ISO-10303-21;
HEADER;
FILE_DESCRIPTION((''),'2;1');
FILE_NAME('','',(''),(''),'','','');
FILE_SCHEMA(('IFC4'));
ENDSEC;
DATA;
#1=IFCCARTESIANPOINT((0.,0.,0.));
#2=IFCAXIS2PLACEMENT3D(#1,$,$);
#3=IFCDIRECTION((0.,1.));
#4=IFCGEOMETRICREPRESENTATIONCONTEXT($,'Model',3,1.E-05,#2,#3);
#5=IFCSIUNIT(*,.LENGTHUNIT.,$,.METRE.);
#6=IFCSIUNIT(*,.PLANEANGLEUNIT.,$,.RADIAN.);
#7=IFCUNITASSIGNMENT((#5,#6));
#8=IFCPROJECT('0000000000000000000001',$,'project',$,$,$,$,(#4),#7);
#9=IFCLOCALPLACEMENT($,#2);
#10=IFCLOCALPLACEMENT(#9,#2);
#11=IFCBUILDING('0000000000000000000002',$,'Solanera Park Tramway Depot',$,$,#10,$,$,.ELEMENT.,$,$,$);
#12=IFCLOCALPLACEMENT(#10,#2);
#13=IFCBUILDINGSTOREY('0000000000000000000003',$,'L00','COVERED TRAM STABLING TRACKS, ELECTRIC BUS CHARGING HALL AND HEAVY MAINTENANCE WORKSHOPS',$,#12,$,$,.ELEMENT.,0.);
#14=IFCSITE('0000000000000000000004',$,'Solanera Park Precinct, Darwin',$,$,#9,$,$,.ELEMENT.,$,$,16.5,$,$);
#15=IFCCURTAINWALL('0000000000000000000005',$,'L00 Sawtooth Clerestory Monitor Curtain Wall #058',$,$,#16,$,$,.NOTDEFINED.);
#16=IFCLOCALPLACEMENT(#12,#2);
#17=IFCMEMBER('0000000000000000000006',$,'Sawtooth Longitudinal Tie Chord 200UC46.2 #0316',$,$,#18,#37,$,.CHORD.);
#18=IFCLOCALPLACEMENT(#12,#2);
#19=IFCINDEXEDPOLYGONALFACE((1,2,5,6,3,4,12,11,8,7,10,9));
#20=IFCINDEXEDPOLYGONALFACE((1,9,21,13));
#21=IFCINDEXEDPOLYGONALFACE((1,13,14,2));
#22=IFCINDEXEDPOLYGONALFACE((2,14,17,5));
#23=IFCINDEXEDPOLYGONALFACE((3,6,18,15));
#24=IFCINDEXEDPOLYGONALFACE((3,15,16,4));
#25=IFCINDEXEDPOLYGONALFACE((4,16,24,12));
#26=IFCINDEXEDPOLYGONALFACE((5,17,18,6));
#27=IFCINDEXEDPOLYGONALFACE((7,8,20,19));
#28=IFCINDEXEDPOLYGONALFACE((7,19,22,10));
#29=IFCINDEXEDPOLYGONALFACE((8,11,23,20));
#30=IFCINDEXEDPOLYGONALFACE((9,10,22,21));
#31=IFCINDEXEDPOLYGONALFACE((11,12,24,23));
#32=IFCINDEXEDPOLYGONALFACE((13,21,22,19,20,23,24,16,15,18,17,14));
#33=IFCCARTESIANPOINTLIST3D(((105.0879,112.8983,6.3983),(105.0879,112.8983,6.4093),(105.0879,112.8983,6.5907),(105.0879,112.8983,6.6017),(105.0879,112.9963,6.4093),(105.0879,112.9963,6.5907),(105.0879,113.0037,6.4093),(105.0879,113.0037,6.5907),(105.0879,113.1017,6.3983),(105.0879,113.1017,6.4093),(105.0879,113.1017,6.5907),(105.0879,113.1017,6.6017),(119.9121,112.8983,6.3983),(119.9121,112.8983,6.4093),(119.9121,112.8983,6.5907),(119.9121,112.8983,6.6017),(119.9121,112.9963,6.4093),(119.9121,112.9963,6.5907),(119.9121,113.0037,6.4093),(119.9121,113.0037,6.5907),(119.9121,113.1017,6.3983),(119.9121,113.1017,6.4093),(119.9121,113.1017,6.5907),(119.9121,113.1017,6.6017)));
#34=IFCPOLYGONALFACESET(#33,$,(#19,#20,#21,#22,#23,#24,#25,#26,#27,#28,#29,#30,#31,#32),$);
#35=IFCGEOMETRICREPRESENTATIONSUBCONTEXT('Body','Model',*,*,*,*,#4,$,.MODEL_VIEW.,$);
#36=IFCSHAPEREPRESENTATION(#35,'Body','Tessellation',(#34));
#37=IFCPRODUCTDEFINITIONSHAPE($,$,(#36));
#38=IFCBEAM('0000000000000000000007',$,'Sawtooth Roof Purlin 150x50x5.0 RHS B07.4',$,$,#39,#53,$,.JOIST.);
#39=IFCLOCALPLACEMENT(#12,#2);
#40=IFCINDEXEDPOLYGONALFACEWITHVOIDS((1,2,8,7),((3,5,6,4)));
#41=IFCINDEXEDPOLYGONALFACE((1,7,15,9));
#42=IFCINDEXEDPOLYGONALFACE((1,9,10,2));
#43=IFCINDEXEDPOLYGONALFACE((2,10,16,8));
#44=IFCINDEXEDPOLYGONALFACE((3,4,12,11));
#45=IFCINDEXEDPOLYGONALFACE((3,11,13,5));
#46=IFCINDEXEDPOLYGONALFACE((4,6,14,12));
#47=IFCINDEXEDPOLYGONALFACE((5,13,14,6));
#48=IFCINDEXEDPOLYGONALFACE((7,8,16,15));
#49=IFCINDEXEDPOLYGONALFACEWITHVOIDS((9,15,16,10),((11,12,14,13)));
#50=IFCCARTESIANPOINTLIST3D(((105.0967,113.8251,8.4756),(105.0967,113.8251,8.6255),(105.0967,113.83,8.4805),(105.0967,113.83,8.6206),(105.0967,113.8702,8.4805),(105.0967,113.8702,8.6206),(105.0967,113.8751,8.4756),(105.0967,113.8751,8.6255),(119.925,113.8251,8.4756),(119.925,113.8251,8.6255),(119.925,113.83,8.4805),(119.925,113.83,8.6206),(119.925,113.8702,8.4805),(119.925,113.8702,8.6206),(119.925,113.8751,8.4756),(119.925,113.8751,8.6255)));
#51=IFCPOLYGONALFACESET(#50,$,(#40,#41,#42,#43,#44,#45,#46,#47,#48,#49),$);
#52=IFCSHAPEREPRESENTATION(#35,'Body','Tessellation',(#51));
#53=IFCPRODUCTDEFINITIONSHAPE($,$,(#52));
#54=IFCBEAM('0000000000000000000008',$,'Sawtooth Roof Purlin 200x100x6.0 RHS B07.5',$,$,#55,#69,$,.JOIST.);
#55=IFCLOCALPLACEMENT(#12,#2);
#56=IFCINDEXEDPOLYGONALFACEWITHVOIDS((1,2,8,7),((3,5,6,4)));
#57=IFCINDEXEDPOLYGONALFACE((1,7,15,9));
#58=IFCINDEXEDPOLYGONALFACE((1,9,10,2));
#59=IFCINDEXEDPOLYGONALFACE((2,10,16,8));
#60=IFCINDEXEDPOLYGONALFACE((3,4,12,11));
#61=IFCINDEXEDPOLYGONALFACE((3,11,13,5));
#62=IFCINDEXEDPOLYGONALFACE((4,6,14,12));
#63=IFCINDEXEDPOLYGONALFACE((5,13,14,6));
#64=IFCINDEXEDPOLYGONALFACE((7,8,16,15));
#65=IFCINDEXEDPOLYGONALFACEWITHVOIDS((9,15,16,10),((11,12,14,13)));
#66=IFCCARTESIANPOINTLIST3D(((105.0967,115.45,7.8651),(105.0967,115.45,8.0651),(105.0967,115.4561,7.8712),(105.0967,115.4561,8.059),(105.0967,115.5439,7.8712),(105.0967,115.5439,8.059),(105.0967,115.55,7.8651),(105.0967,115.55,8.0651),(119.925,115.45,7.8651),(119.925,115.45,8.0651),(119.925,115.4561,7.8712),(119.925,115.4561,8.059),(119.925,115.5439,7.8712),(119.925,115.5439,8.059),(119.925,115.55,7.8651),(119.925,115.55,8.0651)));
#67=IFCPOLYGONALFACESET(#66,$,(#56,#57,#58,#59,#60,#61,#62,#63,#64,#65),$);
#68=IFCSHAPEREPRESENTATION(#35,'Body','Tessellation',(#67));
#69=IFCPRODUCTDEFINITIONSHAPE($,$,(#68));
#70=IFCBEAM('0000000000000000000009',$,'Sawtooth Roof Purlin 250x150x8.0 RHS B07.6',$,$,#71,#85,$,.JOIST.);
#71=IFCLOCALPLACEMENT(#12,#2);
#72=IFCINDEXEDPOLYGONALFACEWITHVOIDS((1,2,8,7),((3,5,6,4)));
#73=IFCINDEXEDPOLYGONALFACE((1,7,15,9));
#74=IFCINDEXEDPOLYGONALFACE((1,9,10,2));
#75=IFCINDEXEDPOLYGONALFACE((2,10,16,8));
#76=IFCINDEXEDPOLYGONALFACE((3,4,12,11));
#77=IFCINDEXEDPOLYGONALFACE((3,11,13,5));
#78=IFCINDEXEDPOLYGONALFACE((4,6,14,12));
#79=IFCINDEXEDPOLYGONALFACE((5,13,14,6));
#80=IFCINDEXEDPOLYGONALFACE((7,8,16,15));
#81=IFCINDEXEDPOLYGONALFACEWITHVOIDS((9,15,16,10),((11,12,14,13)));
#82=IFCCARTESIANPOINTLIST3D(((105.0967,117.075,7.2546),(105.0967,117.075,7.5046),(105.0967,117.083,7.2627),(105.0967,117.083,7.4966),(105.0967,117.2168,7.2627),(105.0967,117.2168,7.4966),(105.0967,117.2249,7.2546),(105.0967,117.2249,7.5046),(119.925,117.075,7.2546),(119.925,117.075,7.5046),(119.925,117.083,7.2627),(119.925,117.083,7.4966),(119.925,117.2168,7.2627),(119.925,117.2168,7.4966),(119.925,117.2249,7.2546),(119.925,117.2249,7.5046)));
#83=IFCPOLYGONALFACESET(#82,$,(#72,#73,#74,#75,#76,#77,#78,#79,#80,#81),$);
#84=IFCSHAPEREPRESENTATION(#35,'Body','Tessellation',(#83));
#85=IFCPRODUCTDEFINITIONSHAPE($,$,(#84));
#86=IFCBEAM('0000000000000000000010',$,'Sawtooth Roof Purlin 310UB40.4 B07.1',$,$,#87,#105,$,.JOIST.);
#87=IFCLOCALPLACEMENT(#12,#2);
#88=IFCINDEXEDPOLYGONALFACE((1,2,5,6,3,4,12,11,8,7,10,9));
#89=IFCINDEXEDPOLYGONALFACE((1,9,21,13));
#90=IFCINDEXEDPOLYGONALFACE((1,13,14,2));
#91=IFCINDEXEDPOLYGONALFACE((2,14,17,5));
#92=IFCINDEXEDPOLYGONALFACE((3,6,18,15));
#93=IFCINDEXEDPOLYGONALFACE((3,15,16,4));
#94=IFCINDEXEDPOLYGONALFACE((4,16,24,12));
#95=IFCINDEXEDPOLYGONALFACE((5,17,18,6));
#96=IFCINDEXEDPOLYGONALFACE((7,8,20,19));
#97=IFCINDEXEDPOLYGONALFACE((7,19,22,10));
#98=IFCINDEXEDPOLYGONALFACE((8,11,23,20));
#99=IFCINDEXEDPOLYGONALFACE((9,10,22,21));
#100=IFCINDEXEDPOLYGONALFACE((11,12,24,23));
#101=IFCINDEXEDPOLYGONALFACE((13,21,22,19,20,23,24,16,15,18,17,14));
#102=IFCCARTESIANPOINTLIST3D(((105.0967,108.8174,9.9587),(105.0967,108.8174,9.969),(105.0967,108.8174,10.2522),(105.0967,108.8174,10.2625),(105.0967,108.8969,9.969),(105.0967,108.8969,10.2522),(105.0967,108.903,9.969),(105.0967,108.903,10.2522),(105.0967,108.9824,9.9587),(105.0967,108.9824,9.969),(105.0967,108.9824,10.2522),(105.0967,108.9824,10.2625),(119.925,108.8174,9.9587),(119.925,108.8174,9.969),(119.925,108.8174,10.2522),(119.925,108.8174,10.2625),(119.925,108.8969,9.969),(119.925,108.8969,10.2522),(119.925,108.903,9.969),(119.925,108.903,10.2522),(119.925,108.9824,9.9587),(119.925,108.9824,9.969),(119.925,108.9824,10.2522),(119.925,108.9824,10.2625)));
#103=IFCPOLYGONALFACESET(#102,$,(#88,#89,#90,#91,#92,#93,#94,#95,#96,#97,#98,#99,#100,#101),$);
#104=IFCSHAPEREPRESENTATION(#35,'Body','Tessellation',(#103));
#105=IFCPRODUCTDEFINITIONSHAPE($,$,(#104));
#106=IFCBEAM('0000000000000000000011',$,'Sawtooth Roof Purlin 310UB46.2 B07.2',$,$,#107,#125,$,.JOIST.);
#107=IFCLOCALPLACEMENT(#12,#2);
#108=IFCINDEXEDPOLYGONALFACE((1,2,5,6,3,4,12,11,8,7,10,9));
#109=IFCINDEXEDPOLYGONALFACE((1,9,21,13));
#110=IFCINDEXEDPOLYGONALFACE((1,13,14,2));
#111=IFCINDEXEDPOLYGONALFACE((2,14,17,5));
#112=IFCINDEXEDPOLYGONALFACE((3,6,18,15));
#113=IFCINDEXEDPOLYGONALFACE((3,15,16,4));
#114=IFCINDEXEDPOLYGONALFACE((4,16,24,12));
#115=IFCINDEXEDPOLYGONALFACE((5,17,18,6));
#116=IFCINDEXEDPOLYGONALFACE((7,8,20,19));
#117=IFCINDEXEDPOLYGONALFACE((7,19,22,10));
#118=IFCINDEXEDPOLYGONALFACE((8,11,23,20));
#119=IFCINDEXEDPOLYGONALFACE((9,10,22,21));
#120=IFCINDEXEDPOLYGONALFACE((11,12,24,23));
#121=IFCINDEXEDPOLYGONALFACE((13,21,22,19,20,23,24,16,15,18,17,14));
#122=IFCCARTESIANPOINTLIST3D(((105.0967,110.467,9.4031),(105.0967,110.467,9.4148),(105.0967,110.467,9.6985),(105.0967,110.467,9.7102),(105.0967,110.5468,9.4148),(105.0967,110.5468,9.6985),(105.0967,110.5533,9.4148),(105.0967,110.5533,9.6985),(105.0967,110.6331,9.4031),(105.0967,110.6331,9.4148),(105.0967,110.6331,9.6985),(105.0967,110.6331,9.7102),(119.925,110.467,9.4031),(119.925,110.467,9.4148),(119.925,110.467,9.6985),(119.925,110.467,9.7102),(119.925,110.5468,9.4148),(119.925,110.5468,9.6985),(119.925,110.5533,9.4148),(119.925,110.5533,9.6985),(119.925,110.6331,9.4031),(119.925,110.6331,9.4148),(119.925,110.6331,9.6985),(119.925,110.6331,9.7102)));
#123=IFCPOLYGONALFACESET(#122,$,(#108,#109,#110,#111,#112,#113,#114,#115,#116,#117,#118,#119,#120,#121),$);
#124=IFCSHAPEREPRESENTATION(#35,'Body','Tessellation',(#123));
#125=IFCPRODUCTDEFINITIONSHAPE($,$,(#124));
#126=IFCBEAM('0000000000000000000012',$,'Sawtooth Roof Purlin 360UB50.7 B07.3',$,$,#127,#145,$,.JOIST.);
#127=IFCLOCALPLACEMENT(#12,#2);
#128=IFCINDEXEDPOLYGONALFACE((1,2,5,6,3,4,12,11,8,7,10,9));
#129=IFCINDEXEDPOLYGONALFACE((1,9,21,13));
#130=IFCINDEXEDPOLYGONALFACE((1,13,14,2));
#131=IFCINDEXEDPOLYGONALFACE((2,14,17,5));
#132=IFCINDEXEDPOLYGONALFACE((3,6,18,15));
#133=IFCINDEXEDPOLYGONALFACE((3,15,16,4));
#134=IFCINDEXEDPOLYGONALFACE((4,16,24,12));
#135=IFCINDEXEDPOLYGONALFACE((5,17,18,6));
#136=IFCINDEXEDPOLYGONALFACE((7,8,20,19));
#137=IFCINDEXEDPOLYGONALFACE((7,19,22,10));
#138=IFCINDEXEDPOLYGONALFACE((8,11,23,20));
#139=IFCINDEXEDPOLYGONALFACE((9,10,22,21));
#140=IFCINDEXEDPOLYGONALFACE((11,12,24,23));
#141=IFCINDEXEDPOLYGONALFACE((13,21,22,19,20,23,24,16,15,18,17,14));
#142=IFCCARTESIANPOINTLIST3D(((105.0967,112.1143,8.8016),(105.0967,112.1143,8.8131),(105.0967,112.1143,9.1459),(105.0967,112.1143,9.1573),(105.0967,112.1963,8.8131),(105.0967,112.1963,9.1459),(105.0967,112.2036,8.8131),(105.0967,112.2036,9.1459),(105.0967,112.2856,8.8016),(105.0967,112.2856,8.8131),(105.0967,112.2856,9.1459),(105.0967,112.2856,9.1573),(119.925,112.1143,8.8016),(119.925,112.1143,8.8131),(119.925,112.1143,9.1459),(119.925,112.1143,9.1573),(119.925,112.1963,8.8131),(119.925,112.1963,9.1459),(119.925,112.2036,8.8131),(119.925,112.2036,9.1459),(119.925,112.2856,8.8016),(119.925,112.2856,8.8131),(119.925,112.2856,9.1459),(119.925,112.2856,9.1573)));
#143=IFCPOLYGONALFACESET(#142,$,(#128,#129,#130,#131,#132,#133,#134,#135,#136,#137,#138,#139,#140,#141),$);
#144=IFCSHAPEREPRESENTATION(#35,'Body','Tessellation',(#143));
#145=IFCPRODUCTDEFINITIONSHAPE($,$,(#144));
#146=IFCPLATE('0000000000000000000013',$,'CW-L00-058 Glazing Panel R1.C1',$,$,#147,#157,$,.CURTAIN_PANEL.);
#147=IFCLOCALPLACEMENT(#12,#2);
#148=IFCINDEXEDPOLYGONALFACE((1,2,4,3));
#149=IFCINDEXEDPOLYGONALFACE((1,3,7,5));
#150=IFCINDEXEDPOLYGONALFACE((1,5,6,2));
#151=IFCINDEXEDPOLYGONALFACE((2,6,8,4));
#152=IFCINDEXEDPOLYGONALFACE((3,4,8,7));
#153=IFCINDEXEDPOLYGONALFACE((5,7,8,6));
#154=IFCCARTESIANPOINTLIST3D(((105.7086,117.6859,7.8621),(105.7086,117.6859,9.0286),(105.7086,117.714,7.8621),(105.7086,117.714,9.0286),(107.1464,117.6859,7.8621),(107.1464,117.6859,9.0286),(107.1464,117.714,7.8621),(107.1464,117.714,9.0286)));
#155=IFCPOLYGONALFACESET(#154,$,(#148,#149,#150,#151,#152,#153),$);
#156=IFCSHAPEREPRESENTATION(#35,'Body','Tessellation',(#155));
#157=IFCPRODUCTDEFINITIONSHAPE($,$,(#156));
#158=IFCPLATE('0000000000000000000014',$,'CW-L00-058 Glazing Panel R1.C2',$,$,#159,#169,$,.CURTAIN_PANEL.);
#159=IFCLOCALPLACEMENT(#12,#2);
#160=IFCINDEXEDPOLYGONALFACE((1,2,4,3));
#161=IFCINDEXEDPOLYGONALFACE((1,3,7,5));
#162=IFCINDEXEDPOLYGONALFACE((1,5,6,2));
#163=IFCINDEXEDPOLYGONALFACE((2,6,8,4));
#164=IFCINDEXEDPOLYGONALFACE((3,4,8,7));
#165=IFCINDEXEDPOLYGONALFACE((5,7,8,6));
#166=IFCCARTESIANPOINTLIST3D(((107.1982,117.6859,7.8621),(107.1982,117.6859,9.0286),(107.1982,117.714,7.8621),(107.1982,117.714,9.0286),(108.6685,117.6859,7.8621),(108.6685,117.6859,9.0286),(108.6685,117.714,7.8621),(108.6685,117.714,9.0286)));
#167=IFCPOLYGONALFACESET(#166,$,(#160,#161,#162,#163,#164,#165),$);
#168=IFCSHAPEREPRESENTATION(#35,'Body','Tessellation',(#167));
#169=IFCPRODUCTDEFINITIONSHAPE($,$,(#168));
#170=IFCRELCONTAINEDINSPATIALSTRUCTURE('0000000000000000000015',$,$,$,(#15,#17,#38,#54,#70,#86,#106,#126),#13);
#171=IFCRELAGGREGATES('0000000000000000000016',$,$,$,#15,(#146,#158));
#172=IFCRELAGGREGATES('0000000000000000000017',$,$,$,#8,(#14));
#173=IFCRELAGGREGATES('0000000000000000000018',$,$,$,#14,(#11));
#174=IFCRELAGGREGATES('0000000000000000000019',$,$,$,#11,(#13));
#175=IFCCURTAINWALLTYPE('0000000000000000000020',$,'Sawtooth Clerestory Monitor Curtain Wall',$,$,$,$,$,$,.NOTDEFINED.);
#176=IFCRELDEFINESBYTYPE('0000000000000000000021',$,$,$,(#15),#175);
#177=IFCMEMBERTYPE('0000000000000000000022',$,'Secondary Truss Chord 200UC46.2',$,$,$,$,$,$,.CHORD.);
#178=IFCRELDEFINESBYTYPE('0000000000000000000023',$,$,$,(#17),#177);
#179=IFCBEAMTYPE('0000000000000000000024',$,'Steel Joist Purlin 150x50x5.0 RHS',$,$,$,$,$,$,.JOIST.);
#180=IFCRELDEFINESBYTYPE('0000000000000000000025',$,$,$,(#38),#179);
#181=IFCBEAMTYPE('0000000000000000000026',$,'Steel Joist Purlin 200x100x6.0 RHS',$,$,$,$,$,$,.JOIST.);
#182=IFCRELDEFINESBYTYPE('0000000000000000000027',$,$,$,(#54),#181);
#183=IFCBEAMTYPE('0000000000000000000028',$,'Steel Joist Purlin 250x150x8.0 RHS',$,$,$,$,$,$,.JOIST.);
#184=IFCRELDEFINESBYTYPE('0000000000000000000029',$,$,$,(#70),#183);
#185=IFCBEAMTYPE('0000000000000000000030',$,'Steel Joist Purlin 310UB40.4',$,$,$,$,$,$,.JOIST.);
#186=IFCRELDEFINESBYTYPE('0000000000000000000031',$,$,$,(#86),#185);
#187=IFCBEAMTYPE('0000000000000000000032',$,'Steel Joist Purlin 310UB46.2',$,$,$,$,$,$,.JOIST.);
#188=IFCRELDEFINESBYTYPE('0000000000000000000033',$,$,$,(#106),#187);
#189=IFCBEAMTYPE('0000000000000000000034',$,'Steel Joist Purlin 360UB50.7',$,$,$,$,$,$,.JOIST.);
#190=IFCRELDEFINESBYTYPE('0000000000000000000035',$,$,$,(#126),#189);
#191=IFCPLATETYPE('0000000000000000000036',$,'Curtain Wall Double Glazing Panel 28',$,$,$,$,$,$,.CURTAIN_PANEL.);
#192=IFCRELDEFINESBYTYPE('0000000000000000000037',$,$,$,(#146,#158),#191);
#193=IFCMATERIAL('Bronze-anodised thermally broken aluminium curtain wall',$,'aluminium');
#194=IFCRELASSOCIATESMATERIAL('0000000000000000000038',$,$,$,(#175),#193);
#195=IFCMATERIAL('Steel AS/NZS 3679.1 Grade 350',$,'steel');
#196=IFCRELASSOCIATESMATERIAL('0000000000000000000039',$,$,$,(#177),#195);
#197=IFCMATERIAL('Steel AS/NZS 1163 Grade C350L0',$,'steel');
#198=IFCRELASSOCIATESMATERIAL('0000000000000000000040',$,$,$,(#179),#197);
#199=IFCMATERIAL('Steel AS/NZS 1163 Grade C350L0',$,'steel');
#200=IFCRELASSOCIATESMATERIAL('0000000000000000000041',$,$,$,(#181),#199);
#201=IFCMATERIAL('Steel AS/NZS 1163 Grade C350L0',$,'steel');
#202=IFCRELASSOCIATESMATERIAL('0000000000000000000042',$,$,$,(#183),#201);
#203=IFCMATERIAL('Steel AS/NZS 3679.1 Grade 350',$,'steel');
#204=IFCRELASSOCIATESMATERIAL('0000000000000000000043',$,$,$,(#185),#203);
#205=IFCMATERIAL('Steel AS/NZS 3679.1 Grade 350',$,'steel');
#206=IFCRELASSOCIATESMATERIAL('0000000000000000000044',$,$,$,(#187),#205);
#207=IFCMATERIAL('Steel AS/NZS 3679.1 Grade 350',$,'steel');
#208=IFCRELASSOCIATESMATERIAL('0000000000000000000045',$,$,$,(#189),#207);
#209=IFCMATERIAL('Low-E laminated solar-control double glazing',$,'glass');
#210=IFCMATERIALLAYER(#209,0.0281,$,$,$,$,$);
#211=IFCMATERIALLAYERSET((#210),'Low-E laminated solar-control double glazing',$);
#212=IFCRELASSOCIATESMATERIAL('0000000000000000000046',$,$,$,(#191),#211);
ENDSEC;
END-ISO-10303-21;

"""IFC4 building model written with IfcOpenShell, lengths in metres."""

from ifc_helpers import new_model, si_unit, direction, frame, origin, origin_2d, place, context, subcontext, project, spatial, rectangle, hollow_rectangle, i_section, extrude, material, layer, layer_set, material_profile, profile_set, type_object, element, aggregate, save


model = new_model("IFC4")

# Units and contexts
model_context = context("Model", 3, precision=1e-05, world=origin(), true_north=direction((0.0, 1.0)))
body_context = subcontext(model_context, "Body", "Model", "MODEL_VIEW")
ifc_project = project(units=[si_unit("LENGTHUNIT", "METRE"), si_unit("PLANEANGLEUNIT", "RADIAN")], contexts=[model_context])

# Site, building, storey
site_placement = place(None, origin())
site = spatial("IfcSite", under=ifc_project, at=site_placement, Name="Solanera Park Precinct, Darwin", CompositionType="ELEMENT", RefElevation=16.5)
building_placement = place(site_placement, origin())
building = spatial("IfcBuilding", under=site, at=building_placement, Name="Solanera Park Tramway Depot", CompositionType="ELEMENT")
storey_placement = place(building_placement, origin())
storey = spatial("IfcBuildingStorey", under=building, at=storey_placement, Name="L00", Description="COVERED TRAM STABLING TRACKS, ELECTRIC BUS CHARGING HALL AND HEAVY MAINTENANCE WORKSHOPS", CompositionType="ELEMENT", Elevation=0.0)

# Curtain wall
ifc_material_1 = material(Name="Bronze-anodised thermally broken aluminium curtain wall", Category="aluminium")
curtain_wall_type = type_object("IfcCurtainWallType", Name="Sawtooth Clerestory Monitor Curtain Wall", PredefinedType="NOTDEFINED", material=ifc_material_1)
curtain_wall_1_placement = place(storey_placement, origin())
curtain_wall_1 = element("IfcCurtainWall", 1, at=curtain_wall_1_placement, inside=storey, type_object=curtain_wall_type, Name="L00 Sawtooth Clerestory Monitor Curtain Wall #058", PredefinedType="NOTDEFINED")

# Member
ifc_material_2 = material(Name="Steel AS/NZS 3679.1 Grade 350", Category="steel")
ifc_material_profile_1 = material_profile(ifc_material_2, i_section(OverallWidth=0.2034, OverallDepth=0.2034, WebThickness=0.0073, FlangeThickness=0.011, at=origin_2d()), Name="200UC46.2")
ifc_profile_set_1 = profile_set([ifc_material_profile_1], Name="Steel AS/NZS 3679.1 Grade 350")
member_type_1 = type_object("IfcMemberType", Name="Secondary Truss Chord 200UC46.2", PredefinedType="CHORD", material=ifc_profile_set_1)
member_1_placement = place(storey_placement, frame((105.0879, 113.0, 6.5), z_axis=(1.0, 0.0, 0.0), x_axis=(0.0, 1.0, 0.0)))
element("IfcMember", 2, at=member_1_placement, inside=storey, type_object=member_type_1, Name="Sawtooth Longitudinal Tie Chord 200UC46.2 #0316", PredefinedType="CHORD", context=body_context, shape_type="SweptSolid", body=[
    extrude(i_section(OverallWidth=0.2034, OverallDepth=0.2034, WebThickness=0.0073, FlangeThickness=0.011, at=origin_2d()), origin(), (0.0, 0.0, 1.0), 14.8242),
])

# Beams
ifc_material_3 = material(Name="Steel AS/NZS 1163 Grade C350L0", Category="steel")
ifc_material_profile_2 = material_profile(ifc_material_3, hollow_rectangle(XDim=0.05, YDim=0.1499, WallThickness=0.0049, at=origin_2d()), Name="150x50x5.0 RHS")
ifc_profile_set_2 = profile_set([ifc_material_profile_2], Name="Steel AS/NZS 1163 Grade C350L0")
beam_type_1 = type_object("IfcBeamType", Name="Steel Joist Purlin 150x50x5.0 RHS", PredefinedType="JOIST", material=ifc_profile_set_2)
beam_1_placement = place(storey_placement, frame((105.0967, 113.8501, 8.5505), z_axis=(1.0, 0.0, 0.0), x_axis=(0.0, 1.0, 0.0)))
element("IfcBeam", 3, at=beam_1_placement, inside=storey, type_object=beam_type_1, Name="Sawtooth Roof Purlin 150x50x5.0 RHS B07.4", PredefinedType="JOIST", context=body_context, shape_type="SweptSolid", body=[
    extrude(hollow_rectangle(XDim=0.05, YDim=0.1499, WallThickness=0.0049, at=origin_2d()), origin(), (0.0, 0.0, 1.0), 14.8284),
])
ifc_material_4 = material(Name="Steel AS/NZS 1163 Grade C350L0", Category="steel")
ifc_material_profile_3 = material_profile(ifc_material_4, hollow_rectangle(XDim=0.1001, YDim=0.2, WallThickness=0.0061, at=origin_2d()), Name="200x100x6.0 RHS")
ifc_profile_set_3 = profile_set([ifc_material_profile_3], Name="Steel AS/NZS 1163 Grade C350L0")
beam_type_2 = type_object("IfcBeamType", Name="Steel Joist Purlin 200x100x6.0 RHS", PredefinedType="JOIST", material=ifc_profile_set_3)
beam_2_placement = place(storey_placement, frame((105.0967, 115.5, 7.9651), z_axis=(1.0, 0.0, 0.0), x_axis=(0.0, 1.0, 0.0)))
element("IfcBeam", 4, at=beam_2_placement, inside=storey, type_object=beam_type_2, Name="Sawtooth Roof Purlin 200x100x6.0 RHS B07.5", PredefinedType="JOIST", context=body_context, shape_type="SweptSolid", body=[
    extrude(hollow_rectangle(XDim=0.1001, YDim=0.2, WallThickness=0.0061, at=origin_2d()), origin(), (0.0, 0.0, 1.0), 14.8284),
])
ifc_material_5 = material(Name="Steel AS/NZS 1163 Grade C350L0", Category="steel")
ifc_material_profile_4 = material_profile(ifc_material_5, hollow_rectangle(XDim=0.1499, YDim=0.25, WallThickness=0.0081, at=origin_2d()), Name="250x150x8.0 RHS")
ifc_profile_set_4 = profile_set([ifc_material_profile_4], Name="Steel AS/NZS 1163 Grade C350L0")
beam_type_3 = type_object("IfcBeamType", Name="Steel Joist Purlin 250x150x8.0 RHS", PredefinedType="JOIST", material=ifc_profile_set_4)
beam_3_placement = place(storey_placement, frame((105.0967, 117.1499, 7.3796), z_axis=(1.0, 0.0, 0.0), x_axis=(0.0, 1.0, 0.0)))
element("IfcBeam", 5, at=beam_3_placement, inside=storey, type_object=beam_type_3, Name="Sawtooth Roof Purlin 250x150x8.0 RHS B07.6", PredefinedType="JOIST", context=body_context, shape_type="SweptSolid", body=[
    extrude(hollow_rectangle(XDim=0.1499, YDim=0.25, WallThickness=0.0081, at=origin_2d()), origin(), (0.0, 0.0, 1.0), 14.8284),
])
ifc_material_6 = material(Name="Steel AS/NZS 3679.1 Grade 350", Category="steel")
ifc_material_profile_5 = material_profile(ifc_material_6, i_section(OverallWidth=0.165, OverallDepth=0.3037, WebThickness=0.0061, FlangeThickness=0.0103, at=origin_2d()), Name="310UB40.4")
ifc_profile_set_5 = profile_set([ifc_material_profile_5], Name="Steel AS/NZS 3679.1 Grade 350")
beam_type_4 = type_object("IfcBeamType", Name="Steel Joist Purlin 310UB40.4", PredefinedType="JOIST", material=ifc_profile_set_5)
beam_4_placement = place(storey_placement, frame((105.0967, 108.8999, 10.1106), z_axis=(1.0, 0.0, 0.0), x_axis=(0.0, 1.0, 0.0)))
element("IfcBeam", 6, at=beam_4_placement, inside=storey, type_object=beam_type_4, Name="Sawtooth Roof Purlin 310UB40.4 B07.1", PredefinedType="JOIST", context=body_context, shape_type="SweptSolid", body=[
    extrude(i_section(OverallWidth=0.165, OverallDepth=0.3037, WebThickness=0.0061, FlangeThickness=0.0103, at=origin_2d()), origin(), (0.0, 0.0, 1.0), 14.8284),
])
ifc_material_7 = material(Name="Steel AS/NZS 3679.1 Grade 350", Category="steel")
ifc_material_profile_6 = material_profile(ifc_material_7, i_section(OverallWidth=0.166, OverallDepth=0.3071, WebThickness=0.0066, FlangeThickness=0.0117, at=origin_2d()), Name="310UB46.2")
ifc_profile_set_6 = profile_set([ifc_material_profile_6], Name="Steel AS/NZS 3679.1 Grade 350")
beam_type_5 = type_object("IfcBeamType", Name="Steel Joist Purlin 310UB46.2", PredefinedType="JOIST", material=ifc_profile_set_6)
beam_5_placement = place(storey_placement, frame((105.0967, 110.55, 9.5566), z_axis=(1.0, 0.0, 0.0), x_axis=(0.0, 1.0, 0.0)))
element("IfcBeam", 7, at=beam_5_placement, inside=storey, type_object=beam_type_5, Name="Sawtooth Roof Purlin 310UB46.2 B07.2", PredefinedType="JOIST", context=body_context, shape_type="SweptSolid", body=[
    extrude(i_section(OverallWidth=0.166, OverallDepth=0.3071, WebThickness=0.0066, FlangeThickness=0.0117, at=origin_2d()), origin(), (0.0, 0.0, 1.0), 14.8284),
])
ifc_material_8 = material(Name="Steel AS/NZS 3679.1 Grade 350", Category="steel")
ifc_material_profile_7 = material_profile(ifc_material_8, i_section(OverallWidth=0.1714, OverallDepth=0.3557, WebThickness=0.0073, FlangeThickness=0.0115, at=origin_2d()), Name="360UB50.7")
ifc_profile_set_7 = profile_set([ifc_material_profile_7], Name="Steel AS/NZS 3679.1 Grade 350")
beam_type_6 = type_object("IfcBeamType", Name="Steel Joist Purlin 360UB50.7", PredefinedType="JOIST", material=ifc_profile_set_7)
beam_6_placement = place(storey_placement, frame((105.0967, 112.2, 8.9795), z_axis=(1.0, 0.0, 0.0), x_axis=(0.0, 1.0, 0.0)))
element("IfcBeam", 8, at=beam_6_placement, inside=storey, type_object=beam_type_6, Name="Sawtooth Roof Purlin 360UB50.7 B07.3", PredefinedType="JOIST", context=body_context, shape_type="SweptSolid", body=[
    extrude(i_section(OverallWidth=0.1714, OverallDepth=0.3557, WebThickness=0.0073, FlangeThickness=0.0115, at=origin_2d()), origin(), (0.0, 0.0, 1.0), 14.8284),
])

# Plates
ifc_material_9 = material(Name="Low-E laminated solar-control double glazing", Category="glass")
ifc_layer_1 = layer(ifc_material_9, 0.0281)
ifc_layer_set_1 = layer_set([ifc_layer_1], Name="Low-E laminated solar-control double glazing")
plate_type_1 = type_object("IfcPlateType", Name="Curtain Wall Double Glazing Panel 28", PredefinedType="CURTAIN_PANEL", material=ifc_layer_set_1)
plate_1_placement = place(storey_placement, frame((106.4275, 117.7, 7.8621), z_axis=(0.0, 0.0, 1.0), x_axis=(1.0, 0.0, 0.0)))
plate_1 = element("IfcPlate", 9, at=plate_1_placement, type_object=plate_type_1, Name="CW-L00-058 Glazing Panel R1.C1", PredefinedType="CURTAIN_PANEL", context=body_context, shape_type="SweptSolid", body=[
    extrude(rectangle(XDim=1.4377, YDim=0.0281, at=origin_2d()), origin(), (0.0, 0.0, 1.0), 1.1665),
])
plate_2_placement = place(storey_placement, frame((107.9333, 117.7, 7.8621), z_axis=(0.0, 0.0, 1.0), x_axis=(1.0, 0.0, 0.0)))
plate_2 = element("IfcPlate", 10, at=plate_2_placement, type_object=plate_type_1, Name="CW-L00-058 Glazing Panel R1.C2", PredefinedType="CURTAIN_PANEL", context=body_context, shape_type="SweptSolid", body=[
    extrude(rectangle(XDim=1.4702, YDim=0.0281, at=origin_2d()), origin(), (0.0, 0.0, 1.0), 1.1665),
])
aggregate(curtain_wall_1, [plate_1, plate_2])

save(model, "model.ifc")
